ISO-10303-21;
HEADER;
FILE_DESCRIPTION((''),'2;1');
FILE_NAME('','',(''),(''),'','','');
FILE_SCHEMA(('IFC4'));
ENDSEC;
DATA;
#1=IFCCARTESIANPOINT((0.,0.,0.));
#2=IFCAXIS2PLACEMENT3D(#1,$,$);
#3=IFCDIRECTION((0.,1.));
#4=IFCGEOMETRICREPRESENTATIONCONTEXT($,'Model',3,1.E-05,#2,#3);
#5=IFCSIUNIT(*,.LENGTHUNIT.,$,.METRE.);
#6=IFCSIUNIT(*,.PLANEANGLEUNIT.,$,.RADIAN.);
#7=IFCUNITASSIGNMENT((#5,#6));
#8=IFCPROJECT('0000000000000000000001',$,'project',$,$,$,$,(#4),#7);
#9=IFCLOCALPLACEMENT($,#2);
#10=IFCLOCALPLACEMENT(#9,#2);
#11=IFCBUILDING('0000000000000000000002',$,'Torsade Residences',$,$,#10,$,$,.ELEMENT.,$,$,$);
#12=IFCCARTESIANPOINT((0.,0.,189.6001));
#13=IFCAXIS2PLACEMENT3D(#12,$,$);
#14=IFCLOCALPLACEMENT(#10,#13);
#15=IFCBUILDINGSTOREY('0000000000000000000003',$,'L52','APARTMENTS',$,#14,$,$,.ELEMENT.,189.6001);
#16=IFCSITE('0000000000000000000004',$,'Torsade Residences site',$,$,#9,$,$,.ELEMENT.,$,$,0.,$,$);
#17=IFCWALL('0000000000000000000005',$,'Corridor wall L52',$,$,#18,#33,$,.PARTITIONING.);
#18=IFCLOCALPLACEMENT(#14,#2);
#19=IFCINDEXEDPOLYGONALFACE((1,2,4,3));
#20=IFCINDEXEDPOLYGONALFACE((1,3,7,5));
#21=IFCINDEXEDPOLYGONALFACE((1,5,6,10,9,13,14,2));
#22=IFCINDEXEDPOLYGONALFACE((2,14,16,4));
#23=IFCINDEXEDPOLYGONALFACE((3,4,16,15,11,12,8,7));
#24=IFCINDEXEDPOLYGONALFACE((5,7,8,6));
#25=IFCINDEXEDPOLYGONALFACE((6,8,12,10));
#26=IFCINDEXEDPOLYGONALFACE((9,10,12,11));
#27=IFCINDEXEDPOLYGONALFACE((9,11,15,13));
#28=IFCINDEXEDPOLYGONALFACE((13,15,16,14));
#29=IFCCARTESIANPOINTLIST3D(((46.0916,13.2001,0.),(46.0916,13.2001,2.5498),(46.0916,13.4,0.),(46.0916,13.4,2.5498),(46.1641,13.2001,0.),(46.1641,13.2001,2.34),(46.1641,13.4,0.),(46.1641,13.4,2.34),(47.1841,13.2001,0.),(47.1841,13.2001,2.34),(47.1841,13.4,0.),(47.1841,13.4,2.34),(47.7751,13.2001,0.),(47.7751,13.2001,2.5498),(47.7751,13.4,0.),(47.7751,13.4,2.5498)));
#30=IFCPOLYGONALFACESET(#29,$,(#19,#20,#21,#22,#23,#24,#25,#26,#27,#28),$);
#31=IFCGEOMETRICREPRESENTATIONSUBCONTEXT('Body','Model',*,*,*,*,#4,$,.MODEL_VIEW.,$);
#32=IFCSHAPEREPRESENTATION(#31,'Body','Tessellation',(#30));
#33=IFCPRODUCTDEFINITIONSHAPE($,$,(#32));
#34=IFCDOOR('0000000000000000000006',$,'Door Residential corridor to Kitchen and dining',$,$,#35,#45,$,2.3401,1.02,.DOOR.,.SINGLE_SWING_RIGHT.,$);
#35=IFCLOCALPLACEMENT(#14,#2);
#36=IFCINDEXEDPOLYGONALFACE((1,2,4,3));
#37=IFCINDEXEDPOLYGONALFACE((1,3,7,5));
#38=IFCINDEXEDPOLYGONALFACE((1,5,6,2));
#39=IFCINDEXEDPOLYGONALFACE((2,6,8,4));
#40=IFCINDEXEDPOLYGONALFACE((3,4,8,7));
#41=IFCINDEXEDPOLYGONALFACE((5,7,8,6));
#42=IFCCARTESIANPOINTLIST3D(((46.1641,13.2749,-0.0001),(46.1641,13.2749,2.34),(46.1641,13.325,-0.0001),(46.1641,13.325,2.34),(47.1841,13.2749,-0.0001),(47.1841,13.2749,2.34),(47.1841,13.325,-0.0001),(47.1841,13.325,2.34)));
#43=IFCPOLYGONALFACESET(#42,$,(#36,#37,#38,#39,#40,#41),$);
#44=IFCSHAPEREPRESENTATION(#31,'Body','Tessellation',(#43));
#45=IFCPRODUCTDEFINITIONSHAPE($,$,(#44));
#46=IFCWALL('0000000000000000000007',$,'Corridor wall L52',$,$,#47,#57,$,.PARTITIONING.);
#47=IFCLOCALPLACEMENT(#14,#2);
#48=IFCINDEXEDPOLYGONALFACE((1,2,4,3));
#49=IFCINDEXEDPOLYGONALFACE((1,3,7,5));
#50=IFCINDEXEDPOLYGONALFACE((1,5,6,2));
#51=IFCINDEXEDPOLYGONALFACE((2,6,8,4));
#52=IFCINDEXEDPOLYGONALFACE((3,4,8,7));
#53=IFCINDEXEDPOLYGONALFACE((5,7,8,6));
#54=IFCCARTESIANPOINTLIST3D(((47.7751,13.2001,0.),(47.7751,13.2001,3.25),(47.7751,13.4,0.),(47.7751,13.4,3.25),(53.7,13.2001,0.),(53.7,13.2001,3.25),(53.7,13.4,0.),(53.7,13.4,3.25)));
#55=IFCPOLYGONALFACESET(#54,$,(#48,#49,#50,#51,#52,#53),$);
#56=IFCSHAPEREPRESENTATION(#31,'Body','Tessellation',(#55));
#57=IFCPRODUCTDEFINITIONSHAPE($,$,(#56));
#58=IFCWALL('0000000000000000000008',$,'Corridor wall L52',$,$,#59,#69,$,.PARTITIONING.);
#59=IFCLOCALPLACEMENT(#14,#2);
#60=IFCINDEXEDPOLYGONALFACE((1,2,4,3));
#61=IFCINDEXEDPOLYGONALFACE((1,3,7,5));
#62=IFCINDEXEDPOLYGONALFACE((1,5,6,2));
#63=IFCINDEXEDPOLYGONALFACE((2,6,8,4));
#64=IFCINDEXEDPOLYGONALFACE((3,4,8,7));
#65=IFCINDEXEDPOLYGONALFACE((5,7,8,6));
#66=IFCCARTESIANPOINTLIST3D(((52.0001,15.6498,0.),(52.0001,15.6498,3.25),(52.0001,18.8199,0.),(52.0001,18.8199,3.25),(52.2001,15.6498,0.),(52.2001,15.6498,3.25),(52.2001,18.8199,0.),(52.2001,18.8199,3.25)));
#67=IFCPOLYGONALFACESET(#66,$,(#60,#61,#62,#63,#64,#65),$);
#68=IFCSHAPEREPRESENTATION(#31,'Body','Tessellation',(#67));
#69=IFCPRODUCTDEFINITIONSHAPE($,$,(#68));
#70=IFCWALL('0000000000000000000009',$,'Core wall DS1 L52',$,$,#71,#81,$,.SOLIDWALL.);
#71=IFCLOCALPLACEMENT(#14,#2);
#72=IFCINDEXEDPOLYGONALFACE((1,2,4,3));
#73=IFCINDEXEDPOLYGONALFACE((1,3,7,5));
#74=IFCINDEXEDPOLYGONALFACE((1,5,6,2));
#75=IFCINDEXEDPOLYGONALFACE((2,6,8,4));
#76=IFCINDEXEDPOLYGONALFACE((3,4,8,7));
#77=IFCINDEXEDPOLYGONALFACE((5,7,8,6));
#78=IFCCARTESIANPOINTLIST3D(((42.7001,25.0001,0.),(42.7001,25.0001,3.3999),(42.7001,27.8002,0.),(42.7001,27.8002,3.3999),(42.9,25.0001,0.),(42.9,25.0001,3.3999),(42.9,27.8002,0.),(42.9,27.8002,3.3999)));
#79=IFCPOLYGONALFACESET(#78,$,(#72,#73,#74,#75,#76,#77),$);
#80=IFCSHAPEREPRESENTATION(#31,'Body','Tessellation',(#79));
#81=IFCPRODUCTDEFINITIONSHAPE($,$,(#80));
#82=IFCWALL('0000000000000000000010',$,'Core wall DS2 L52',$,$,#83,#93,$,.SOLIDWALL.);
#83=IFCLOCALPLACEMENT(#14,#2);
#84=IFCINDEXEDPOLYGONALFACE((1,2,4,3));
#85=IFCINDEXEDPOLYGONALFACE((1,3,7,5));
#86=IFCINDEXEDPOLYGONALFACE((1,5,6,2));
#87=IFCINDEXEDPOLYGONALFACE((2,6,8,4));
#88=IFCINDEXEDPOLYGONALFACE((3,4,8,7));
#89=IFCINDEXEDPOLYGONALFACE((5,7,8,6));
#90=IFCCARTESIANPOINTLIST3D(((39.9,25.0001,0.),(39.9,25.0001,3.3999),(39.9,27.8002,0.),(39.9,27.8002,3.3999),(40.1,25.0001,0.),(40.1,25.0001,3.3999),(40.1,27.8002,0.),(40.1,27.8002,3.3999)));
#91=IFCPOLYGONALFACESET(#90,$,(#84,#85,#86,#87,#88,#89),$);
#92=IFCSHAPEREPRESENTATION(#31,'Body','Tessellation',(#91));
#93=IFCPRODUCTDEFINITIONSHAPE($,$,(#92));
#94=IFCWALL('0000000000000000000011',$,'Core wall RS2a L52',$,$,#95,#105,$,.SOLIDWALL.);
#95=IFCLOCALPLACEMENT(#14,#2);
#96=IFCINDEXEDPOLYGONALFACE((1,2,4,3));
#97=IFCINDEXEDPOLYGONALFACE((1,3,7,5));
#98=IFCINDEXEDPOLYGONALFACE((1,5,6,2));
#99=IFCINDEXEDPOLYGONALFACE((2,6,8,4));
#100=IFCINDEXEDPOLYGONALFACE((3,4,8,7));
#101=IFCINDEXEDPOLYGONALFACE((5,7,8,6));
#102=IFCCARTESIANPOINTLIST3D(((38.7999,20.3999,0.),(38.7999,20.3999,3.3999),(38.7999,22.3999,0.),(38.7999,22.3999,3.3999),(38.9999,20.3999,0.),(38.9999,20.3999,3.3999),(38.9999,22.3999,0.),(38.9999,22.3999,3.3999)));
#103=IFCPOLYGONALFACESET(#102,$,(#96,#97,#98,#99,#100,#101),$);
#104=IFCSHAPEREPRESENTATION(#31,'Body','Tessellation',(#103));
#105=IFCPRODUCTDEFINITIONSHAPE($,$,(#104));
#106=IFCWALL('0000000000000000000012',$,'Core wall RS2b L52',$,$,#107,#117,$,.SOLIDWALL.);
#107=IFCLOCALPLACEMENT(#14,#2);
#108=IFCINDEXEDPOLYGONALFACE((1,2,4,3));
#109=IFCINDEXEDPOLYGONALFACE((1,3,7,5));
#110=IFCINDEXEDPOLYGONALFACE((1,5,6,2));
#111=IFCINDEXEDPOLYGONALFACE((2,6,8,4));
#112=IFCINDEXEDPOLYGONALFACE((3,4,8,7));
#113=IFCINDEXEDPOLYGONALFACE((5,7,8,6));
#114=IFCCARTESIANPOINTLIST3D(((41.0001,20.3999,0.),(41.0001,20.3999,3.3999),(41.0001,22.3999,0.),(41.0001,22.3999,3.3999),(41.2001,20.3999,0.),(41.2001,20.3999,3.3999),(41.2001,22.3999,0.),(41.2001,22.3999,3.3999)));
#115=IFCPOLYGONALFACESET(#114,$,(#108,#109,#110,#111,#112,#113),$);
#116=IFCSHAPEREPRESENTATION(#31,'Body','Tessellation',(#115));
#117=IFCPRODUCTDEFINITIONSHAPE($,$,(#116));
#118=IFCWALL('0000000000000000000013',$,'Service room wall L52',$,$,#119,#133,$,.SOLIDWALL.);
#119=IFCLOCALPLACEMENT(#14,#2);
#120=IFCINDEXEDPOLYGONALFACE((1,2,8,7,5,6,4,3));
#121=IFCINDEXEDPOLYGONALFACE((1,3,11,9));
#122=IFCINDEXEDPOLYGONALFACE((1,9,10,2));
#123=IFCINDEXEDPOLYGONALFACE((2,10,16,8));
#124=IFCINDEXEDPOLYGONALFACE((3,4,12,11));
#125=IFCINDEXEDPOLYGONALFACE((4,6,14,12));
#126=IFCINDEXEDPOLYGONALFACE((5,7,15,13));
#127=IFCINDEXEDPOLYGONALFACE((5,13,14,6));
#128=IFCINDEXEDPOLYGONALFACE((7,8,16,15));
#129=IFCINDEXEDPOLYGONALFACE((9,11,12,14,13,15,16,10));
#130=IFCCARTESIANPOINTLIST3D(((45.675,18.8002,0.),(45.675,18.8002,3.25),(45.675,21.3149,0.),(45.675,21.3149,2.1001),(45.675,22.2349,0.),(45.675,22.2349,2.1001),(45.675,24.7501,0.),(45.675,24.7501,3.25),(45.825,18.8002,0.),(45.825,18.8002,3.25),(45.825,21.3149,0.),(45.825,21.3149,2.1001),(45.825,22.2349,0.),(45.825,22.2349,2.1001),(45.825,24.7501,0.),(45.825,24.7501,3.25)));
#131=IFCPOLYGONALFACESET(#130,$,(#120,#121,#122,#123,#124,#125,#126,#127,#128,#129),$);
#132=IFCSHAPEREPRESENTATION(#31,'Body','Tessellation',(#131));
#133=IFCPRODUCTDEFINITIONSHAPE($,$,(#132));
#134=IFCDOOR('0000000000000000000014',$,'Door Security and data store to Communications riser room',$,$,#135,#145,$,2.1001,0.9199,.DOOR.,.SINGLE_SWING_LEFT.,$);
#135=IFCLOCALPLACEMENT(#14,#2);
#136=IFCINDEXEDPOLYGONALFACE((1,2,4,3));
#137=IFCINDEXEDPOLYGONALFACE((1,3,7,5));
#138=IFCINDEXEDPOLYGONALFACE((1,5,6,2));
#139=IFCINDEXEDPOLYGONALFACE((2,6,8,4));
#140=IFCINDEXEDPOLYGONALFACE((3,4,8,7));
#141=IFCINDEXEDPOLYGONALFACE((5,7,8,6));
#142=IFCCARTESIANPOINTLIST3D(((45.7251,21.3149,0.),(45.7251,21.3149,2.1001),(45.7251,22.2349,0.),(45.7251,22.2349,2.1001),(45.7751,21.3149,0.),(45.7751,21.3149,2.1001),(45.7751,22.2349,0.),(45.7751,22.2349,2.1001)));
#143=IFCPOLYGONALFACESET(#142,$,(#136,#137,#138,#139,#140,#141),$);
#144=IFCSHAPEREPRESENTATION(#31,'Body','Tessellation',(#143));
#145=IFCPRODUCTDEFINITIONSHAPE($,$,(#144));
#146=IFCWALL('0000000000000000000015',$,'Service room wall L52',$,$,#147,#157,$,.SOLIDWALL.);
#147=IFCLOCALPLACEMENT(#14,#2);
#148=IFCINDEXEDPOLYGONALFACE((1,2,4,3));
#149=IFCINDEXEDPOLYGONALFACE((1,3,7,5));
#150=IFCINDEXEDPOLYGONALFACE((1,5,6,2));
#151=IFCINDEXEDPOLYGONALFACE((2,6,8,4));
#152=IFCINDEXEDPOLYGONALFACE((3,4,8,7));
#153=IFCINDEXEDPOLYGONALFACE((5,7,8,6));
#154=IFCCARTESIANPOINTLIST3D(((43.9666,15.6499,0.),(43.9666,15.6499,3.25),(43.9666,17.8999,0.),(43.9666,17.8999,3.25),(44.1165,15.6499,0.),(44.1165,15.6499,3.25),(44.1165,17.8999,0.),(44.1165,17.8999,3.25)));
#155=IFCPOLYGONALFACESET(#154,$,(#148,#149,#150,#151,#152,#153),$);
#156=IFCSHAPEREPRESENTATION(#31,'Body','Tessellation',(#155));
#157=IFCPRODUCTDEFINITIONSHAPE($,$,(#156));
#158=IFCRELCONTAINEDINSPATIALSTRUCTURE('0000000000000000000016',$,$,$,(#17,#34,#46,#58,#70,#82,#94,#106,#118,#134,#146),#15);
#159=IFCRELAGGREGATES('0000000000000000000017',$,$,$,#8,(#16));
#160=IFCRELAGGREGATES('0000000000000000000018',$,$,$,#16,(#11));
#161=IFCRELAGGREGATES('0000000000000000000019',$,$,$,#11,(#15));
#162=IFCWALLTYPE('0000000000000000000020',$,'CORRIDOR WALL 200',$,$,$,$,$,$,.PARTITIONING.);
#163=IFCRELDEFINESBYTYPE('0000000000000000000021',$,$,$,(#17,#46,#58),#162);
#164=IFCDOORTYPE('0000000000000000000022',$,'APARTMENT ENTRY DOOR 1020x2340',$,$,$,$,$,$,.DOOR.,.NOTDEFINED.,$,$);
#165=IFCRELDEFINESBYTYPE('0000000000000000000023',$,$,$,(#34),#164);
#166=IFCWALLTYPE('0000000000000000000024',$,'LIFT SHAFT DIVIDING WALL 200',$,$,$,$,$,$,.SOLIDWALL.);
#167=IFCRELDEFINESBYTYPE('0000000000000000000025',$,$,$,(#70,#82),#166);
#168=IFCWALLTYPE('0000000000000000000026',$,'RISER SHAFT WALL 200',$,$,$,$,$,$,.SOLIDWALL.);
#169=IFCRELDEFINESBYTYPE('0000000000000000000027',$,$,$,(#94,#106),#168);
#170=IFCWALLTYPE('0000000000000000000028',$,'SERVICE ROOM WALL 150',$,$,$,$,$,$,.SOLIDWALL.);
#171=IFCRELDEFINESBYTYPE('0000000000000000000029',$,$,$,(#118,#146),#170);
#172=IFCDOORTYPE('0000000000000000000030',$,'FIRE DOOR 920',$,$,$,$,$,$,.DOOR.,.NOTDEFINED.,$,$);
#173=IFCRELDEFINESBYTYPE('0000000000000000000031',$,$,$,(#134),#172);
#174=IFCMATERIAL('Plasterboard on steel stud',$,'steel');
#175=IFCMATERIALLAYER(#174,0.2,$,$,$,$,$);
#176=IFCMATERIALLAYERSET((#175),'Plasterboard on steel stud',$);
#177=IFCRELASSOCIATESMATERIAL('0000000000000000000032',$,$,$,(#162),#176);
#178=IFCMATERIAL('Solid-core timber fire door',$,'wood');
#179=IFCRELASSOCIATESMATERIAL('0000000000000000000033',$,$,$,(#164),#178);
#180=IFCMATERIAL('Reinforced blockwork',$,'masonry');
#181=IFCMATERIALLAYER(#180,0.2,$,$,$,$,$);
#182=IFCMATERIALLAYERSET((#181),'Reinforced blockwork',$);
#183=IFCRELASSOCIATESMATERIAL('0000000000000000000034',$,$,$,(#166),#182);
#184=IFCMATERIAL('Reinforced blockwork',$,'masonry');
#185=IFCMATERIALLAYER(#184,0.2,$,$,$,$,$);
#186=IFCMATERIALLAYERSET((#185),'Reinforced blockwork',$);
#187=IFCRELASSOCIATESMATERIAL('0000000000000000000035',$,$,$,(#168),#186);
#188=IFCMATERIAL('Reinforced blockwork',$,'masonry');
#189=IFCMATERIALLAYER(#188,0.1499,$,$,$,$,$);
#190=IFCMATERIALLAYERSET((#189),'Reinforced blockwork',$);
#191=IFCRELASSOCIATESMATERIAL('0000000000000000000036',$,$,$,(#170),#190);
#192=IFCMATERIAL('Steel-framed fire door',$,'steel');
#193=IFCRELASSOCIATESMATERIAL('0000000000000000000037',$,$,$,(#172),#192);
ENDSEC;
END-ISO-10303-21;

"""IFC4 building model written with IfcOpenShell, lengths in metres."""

from ifc_helpers import new_model, si_unit, direction, frame, frame_2d, origin, place, context, subcontext, project, spatial, rectangle, extrude, material, layer, layer_set, type_object, element, fill, save


model = new_model("IFC4")

# Units and contexts
model_context = context("Model", 3, precision=1e-05, world=origin(), true_north=direction((0.0, 1.0)))
body_context = subcontext(model_context, "Body", "Model", "MODEL_VIEW")
ifc_project = project(units=[si_unit("LENGTHUNIT", "METRE"), si_unit("PLANEANGLEUNIT", "RADIAN")], contexts=[model_context])

# Site, building, storey
site_placement = place(None, origin())
site = spatial("IfcSite", under=ifc_project, at=site_placement, Name="Torsade Residences site", CompositionType="ELEMENT", RefElevation=0.0)
building_placement = place(site_placement, origin())
building = spatial("IfcBuilding", under=site, at=building_placement, Name="Torsade Residences", CompositionType="ELEMENT")
storey_placement = place(building_placement, frame((0.0, 0.0, 189.6001)))
storey = spatial("IfcBuildingStorey", under=building, at=storey_placement, Name="L52", Description="APARTMENTS", CompositionType="ELEMENT", Elevation=189.6001)

# Wall, opening, door
ifc_material_1 = material(Name="Plasterboard on steel stud", Category="steel")
ifc_layer_1 = layer(ifc_material_1, 0.2)
ifc_layer_set_1 = layer_set([ifc_layer_1], Name="Plasterboard on steel stud")
wall_type_1 = type_object("IfcWallType", Name="CORRIDOR WALL 200", PredefinedType="PARTITIONING", material=ifc_layer_set_1)
wall_1_placement = place(storey_placement, frame((46.0916, 13.3, 0.0), z_axis=(0.0, 0.0, 1.0), x_axis=(1.0, 0.0, 0.0)))
wall_1 = element("IfcWall", 1, at=wall_1_placement, inside=storey, type_object=wall_type_1, Name="Corridor wall L52", PredefinedType="PARTITIONING", context=body_context, shape_type="SweptSolid", body=[
    extrude(rectangle(XDim=1.6836, YDim=0.2, at=frame_2d((0.8418, 0.0))), origin(), (0.0, 0.0, 1.0), 2.5498),
])
opening_1_placement = place(wall_1_placement, frame((0.0725, 0.0, 0.0)))
opening_1 = element("IfcOpeningElement", 2, at=opening_1_placement, cuts=wall_1, PredefinedType="OPENING", context=body_context, shape_type="SweptSolid", body=[
    extrude(rectangle(XDim=1.02, YDim=2.3401, at=frame_2d((0.51, 1.1699))), frame((0.0, 0.1099, 0.0), z_axis=(0.0, -1.0, 0.0), x_axis=(1.0, 0.0, 0.0)), (0.0, 0.0, 1.0), 0.22),
])
ifc_material_2 = material(Name="Solid-core timber fire door", Category="wood")
door_type_1 = type_object("IfcDoorType", Name="APARTMENT ENTRY DOOR 1020x2340", OperationType="NOTDEFINED", PredefinedType="DOOR", material=ifc_material_2)
door_1_placement = place(opening_1_placement, origin())
door_1 = element("IfcDoor", 3, at=door_1_placement, inside=storey, type_object=door_type_1, Name="Door Residential corridor to Kitchen and dining", OperationType="SINGLE_SWING_RIGHT", OverallHeight=2.3401, OverallWidth=1.02, PredefinedType="DOOR", context=body_context, shape_type="SweptSolid", body=[
    extrude(rectangle(XDim=1.02, YDim=2.3401, at=frame_2d((0.51, 1.1699))), frame((0.0, 0.0249, 0.0), z_axis=(0.0, -1.0, 0.0), x_axis=(1.0, 0.0, 0.0)), (0.0, 0.0, 1.0), 0.05),
])
fill(opening_1, door_1)

# Walls
wall_2_placement = place(storey_placement, frame((47.7751, 13.3, 0.0), z_axis=(0.0, 0.0, 1.0), x_axis=(1.0, 0.0, 0.0)))
element("IfcWall", 4, at=wall_2_placement, inside=storey, type_object=wall_type_1, Name="Corridor wall L52", PredefinedType="PARTITIONING", context=body_context, shape_type="SweptSolid", body=[
    extrude(rectangle(XDim=5.9248, YDim=0.2, at=frame_2d((2.9624, 0.0))), origin(), (0.0, 0.0, 1.0), 3.25),
])
wall_3_placement = place(storey_placement, frame((52.1001, 15.6499, 0.0), z_axis=(0.0, 0.0, 1.0), x_axis=(0.0, 1.0, 0.0)))
element("IfcWall", 5, at=wall_3_placement, inside=storey, type_object=wall_type_1, Name="Corridor wall L52", PredefinedType="PARTITIONING", context=body_context, shape_type="SweptSolid", body=[
    extrude(rectangle(XDim=3.1702, YDim=0.2, at=frame_2d((1.585, 0.0))), origin(), (0.0, 0.0, 1.0), 3.25),
])
ifc_material_3 = material(Name="Reinforced blockwork", Category="masonry")
ifc_layer_2 = layer(ifc_material_3, 0.2)
ifc_layer_set_2 = layer_set([ifc_layer_2], Name="Reinforced blockwork")
wall_type_2 = type_object("IfcWallType", Name="LIFT SHAFT DIVIDING WALL 200", PredefinedType="SOLIDWALL", material=ifc_layer_set_2)
for number, where, z_axis, x_axis, name in (
    (6, (42.8, 27.8, 0.0), (0.0, 0.0, 1.0), (0.0, -1.0, 0.0), "Core wall DS1 L52"),
    (7, (40.0, 27.8, 0.0), (0.0, 0.0, 1.0), (0.0, -1.0, 0.0), "Core wall DS2 L52"),
):
    element("IfcWall", number, at=place(storey_placement, frame(where, z_axis=z_axis, x_axis=x_axis)), inside=storey, type_object=wall_type_2, Name=name, PredefinedType="SOLIDWALL", context=body_context, shape_type="SweptSolid", body=[
        extrude(rectangle(XDim=2.8, YDim=0.2, at=frame_2d((1.3999, 0.0))), origin(), (0.0, 0.0, 1.0), 3.3999),
    ])
ifc_material_4 = material(Name="Reinforced blockwork", Category="masonry")
ifc_layer_3 = layer(ifc_material_4, 0.2)
ifc_layer_set_3 = layer_set([ifc_layer_3], Name="Reinforced blockwork")
wall_type_3 = type_object("IfcWallType", Name="RISER SHAFT WALL 200", PredefinedType="SOLIDWALL", material=ifc_layer_set_3)
for number, where, z_axis, x_axis, name in (
    (8, (38.8999, 22.3999, 0.0), (0.0, 0.0, 1.0), (0.0, -1.0, 0.0), "Core wall RS2a L52"),
    (9, (41.1001, 22.3999, 0.0), (0.0, 0.0, 1.0), (0.0, -1.0, 0.0), "Core wall RS2b L52"),
):
    element("IfcWall", number, at=place(storey_placement, frame(where, z_axis=z_axis, x_axis=x_axis)), inside=storey, type_object=wall_type_3, Name=name, PredefinedType="SOLIDWALL", context=body_context, shape_type="SweptSolid", body=[
        extrude(rectangle(XDim=2.0, YDim=0.2, at=frame_2d((1.0, 0.0))), origin(), (0.0, 0.0, 1.0), 3.3999),
    ])

# Wall, opening, door
ifc_material_5 = material(Name="Reinforced blockwork", Category="masonry")
ifc_layer_4 = layer(ifc_material_5, 0.1499)
ifc_layer_set_4 = layer_set([ifc_layer_4], Name="Reinforced blockwork")
wall_type_4 = type_object("IfcWallType", Name="SERVICE ROOM WALL 150", PredefinedType="SOLIDWALL", material=ifc_layer_set_4)
wall_4_placement = place(storey_placement, frame((45.75, 18.8, 0.0), z_axis=(0.0, 0.0, 1.0), x_axis=(0.0, 1.0, 0.0)))
wall_4 = element("IfcWall", 10, at=wall_4_placement, inside=storey, type_object=wall_type_4, Name="Service room wall L52", PredefinedType="SOLIDWALL", context=body_context, shape_type="SweptSolid", body=[
    extrude(rectangle(XDim=5.95, YDim=0.1499, at=frame_2d((2.9751, 0.0))), origin(), (0.0, 0.0, 1.0), 3.25),
])
opening_2_placement = place(wall_4_placement, frame((2.5149, 0.0, 0.0)))
opening_2 = element("IfcOpeningElement", 11, at=opening_2_placement, cuts=wall_4, PredefinedType="OPENING", context=body_context, shape_type="SweptSolid", body=[
    extrude(rectangle(XDim=0.9199, YDim=2.1001, at=frame_2d((0.46, 1.05))), frame((0.0, 0.085, 0.0), z_axis=(0.0, -1.0, 0.0), x_axis=(1.0, 0.0, 0.0)), (0.0, 0.0, 1.0), 0.1699),
])
ifc_material_6 = material(Name="Steel-framed fire door", Category="steel")
door_type_2 = type_object("IfcDoorType", Name="FIRE DOOR 920", OperationType="NOTDEFINED", PredefinedType="DOOR", material=ifc_material_6)
door_2_placement = place(opening_2_placement, origin())
door_2 = element("IfcDoor", 12, at=door_2_placement, inside=storey, type_object=door_type_2, Name="Door Security and data store to Communications riser room", OperationType="SINGLE_SWING_LEFT", OverallHeight=2.1001, OverallWidth=0.9199, PredefinedType="DOOR", context=body_context, shape_type="SweptSolid", body=[
    extrude(rectangle(XDim=0.9199, YDim=2.1001, at=frame_2d((0.46, 1.05))), frame((0.0, 0.0249, 0.0), z_axis=(0.0, -1.0, 0.0), x_axis=(1.0, 0.0, 0.0)), (0.0, 0.0, 1.0), 0.05),
])
fill(opening_2, door_2)

# Wall
wall_5_placement = place(storey_placement, frame((44.0415, 15.6499, 0.0), z_axis=(0.0, 0.0, 1.0), x_axis=(0.0, 1.0, 0.0)))
element("IfcWall", 13, at=wall_5_placement, inside=storey, type_object=wall_type_4, Name="Service room wall L52", PredefinedType="SOLIDWALL", context=body_context, shape_type="SweptSolid", body=[
    extrude(rectangle(XDim=2.25, YDim=0.1499, at=frame_2d((1.125, 0.0))), origin(), (0.0, 0.0, 1.0), 3.25),
])

save(model, "model.ifc")
